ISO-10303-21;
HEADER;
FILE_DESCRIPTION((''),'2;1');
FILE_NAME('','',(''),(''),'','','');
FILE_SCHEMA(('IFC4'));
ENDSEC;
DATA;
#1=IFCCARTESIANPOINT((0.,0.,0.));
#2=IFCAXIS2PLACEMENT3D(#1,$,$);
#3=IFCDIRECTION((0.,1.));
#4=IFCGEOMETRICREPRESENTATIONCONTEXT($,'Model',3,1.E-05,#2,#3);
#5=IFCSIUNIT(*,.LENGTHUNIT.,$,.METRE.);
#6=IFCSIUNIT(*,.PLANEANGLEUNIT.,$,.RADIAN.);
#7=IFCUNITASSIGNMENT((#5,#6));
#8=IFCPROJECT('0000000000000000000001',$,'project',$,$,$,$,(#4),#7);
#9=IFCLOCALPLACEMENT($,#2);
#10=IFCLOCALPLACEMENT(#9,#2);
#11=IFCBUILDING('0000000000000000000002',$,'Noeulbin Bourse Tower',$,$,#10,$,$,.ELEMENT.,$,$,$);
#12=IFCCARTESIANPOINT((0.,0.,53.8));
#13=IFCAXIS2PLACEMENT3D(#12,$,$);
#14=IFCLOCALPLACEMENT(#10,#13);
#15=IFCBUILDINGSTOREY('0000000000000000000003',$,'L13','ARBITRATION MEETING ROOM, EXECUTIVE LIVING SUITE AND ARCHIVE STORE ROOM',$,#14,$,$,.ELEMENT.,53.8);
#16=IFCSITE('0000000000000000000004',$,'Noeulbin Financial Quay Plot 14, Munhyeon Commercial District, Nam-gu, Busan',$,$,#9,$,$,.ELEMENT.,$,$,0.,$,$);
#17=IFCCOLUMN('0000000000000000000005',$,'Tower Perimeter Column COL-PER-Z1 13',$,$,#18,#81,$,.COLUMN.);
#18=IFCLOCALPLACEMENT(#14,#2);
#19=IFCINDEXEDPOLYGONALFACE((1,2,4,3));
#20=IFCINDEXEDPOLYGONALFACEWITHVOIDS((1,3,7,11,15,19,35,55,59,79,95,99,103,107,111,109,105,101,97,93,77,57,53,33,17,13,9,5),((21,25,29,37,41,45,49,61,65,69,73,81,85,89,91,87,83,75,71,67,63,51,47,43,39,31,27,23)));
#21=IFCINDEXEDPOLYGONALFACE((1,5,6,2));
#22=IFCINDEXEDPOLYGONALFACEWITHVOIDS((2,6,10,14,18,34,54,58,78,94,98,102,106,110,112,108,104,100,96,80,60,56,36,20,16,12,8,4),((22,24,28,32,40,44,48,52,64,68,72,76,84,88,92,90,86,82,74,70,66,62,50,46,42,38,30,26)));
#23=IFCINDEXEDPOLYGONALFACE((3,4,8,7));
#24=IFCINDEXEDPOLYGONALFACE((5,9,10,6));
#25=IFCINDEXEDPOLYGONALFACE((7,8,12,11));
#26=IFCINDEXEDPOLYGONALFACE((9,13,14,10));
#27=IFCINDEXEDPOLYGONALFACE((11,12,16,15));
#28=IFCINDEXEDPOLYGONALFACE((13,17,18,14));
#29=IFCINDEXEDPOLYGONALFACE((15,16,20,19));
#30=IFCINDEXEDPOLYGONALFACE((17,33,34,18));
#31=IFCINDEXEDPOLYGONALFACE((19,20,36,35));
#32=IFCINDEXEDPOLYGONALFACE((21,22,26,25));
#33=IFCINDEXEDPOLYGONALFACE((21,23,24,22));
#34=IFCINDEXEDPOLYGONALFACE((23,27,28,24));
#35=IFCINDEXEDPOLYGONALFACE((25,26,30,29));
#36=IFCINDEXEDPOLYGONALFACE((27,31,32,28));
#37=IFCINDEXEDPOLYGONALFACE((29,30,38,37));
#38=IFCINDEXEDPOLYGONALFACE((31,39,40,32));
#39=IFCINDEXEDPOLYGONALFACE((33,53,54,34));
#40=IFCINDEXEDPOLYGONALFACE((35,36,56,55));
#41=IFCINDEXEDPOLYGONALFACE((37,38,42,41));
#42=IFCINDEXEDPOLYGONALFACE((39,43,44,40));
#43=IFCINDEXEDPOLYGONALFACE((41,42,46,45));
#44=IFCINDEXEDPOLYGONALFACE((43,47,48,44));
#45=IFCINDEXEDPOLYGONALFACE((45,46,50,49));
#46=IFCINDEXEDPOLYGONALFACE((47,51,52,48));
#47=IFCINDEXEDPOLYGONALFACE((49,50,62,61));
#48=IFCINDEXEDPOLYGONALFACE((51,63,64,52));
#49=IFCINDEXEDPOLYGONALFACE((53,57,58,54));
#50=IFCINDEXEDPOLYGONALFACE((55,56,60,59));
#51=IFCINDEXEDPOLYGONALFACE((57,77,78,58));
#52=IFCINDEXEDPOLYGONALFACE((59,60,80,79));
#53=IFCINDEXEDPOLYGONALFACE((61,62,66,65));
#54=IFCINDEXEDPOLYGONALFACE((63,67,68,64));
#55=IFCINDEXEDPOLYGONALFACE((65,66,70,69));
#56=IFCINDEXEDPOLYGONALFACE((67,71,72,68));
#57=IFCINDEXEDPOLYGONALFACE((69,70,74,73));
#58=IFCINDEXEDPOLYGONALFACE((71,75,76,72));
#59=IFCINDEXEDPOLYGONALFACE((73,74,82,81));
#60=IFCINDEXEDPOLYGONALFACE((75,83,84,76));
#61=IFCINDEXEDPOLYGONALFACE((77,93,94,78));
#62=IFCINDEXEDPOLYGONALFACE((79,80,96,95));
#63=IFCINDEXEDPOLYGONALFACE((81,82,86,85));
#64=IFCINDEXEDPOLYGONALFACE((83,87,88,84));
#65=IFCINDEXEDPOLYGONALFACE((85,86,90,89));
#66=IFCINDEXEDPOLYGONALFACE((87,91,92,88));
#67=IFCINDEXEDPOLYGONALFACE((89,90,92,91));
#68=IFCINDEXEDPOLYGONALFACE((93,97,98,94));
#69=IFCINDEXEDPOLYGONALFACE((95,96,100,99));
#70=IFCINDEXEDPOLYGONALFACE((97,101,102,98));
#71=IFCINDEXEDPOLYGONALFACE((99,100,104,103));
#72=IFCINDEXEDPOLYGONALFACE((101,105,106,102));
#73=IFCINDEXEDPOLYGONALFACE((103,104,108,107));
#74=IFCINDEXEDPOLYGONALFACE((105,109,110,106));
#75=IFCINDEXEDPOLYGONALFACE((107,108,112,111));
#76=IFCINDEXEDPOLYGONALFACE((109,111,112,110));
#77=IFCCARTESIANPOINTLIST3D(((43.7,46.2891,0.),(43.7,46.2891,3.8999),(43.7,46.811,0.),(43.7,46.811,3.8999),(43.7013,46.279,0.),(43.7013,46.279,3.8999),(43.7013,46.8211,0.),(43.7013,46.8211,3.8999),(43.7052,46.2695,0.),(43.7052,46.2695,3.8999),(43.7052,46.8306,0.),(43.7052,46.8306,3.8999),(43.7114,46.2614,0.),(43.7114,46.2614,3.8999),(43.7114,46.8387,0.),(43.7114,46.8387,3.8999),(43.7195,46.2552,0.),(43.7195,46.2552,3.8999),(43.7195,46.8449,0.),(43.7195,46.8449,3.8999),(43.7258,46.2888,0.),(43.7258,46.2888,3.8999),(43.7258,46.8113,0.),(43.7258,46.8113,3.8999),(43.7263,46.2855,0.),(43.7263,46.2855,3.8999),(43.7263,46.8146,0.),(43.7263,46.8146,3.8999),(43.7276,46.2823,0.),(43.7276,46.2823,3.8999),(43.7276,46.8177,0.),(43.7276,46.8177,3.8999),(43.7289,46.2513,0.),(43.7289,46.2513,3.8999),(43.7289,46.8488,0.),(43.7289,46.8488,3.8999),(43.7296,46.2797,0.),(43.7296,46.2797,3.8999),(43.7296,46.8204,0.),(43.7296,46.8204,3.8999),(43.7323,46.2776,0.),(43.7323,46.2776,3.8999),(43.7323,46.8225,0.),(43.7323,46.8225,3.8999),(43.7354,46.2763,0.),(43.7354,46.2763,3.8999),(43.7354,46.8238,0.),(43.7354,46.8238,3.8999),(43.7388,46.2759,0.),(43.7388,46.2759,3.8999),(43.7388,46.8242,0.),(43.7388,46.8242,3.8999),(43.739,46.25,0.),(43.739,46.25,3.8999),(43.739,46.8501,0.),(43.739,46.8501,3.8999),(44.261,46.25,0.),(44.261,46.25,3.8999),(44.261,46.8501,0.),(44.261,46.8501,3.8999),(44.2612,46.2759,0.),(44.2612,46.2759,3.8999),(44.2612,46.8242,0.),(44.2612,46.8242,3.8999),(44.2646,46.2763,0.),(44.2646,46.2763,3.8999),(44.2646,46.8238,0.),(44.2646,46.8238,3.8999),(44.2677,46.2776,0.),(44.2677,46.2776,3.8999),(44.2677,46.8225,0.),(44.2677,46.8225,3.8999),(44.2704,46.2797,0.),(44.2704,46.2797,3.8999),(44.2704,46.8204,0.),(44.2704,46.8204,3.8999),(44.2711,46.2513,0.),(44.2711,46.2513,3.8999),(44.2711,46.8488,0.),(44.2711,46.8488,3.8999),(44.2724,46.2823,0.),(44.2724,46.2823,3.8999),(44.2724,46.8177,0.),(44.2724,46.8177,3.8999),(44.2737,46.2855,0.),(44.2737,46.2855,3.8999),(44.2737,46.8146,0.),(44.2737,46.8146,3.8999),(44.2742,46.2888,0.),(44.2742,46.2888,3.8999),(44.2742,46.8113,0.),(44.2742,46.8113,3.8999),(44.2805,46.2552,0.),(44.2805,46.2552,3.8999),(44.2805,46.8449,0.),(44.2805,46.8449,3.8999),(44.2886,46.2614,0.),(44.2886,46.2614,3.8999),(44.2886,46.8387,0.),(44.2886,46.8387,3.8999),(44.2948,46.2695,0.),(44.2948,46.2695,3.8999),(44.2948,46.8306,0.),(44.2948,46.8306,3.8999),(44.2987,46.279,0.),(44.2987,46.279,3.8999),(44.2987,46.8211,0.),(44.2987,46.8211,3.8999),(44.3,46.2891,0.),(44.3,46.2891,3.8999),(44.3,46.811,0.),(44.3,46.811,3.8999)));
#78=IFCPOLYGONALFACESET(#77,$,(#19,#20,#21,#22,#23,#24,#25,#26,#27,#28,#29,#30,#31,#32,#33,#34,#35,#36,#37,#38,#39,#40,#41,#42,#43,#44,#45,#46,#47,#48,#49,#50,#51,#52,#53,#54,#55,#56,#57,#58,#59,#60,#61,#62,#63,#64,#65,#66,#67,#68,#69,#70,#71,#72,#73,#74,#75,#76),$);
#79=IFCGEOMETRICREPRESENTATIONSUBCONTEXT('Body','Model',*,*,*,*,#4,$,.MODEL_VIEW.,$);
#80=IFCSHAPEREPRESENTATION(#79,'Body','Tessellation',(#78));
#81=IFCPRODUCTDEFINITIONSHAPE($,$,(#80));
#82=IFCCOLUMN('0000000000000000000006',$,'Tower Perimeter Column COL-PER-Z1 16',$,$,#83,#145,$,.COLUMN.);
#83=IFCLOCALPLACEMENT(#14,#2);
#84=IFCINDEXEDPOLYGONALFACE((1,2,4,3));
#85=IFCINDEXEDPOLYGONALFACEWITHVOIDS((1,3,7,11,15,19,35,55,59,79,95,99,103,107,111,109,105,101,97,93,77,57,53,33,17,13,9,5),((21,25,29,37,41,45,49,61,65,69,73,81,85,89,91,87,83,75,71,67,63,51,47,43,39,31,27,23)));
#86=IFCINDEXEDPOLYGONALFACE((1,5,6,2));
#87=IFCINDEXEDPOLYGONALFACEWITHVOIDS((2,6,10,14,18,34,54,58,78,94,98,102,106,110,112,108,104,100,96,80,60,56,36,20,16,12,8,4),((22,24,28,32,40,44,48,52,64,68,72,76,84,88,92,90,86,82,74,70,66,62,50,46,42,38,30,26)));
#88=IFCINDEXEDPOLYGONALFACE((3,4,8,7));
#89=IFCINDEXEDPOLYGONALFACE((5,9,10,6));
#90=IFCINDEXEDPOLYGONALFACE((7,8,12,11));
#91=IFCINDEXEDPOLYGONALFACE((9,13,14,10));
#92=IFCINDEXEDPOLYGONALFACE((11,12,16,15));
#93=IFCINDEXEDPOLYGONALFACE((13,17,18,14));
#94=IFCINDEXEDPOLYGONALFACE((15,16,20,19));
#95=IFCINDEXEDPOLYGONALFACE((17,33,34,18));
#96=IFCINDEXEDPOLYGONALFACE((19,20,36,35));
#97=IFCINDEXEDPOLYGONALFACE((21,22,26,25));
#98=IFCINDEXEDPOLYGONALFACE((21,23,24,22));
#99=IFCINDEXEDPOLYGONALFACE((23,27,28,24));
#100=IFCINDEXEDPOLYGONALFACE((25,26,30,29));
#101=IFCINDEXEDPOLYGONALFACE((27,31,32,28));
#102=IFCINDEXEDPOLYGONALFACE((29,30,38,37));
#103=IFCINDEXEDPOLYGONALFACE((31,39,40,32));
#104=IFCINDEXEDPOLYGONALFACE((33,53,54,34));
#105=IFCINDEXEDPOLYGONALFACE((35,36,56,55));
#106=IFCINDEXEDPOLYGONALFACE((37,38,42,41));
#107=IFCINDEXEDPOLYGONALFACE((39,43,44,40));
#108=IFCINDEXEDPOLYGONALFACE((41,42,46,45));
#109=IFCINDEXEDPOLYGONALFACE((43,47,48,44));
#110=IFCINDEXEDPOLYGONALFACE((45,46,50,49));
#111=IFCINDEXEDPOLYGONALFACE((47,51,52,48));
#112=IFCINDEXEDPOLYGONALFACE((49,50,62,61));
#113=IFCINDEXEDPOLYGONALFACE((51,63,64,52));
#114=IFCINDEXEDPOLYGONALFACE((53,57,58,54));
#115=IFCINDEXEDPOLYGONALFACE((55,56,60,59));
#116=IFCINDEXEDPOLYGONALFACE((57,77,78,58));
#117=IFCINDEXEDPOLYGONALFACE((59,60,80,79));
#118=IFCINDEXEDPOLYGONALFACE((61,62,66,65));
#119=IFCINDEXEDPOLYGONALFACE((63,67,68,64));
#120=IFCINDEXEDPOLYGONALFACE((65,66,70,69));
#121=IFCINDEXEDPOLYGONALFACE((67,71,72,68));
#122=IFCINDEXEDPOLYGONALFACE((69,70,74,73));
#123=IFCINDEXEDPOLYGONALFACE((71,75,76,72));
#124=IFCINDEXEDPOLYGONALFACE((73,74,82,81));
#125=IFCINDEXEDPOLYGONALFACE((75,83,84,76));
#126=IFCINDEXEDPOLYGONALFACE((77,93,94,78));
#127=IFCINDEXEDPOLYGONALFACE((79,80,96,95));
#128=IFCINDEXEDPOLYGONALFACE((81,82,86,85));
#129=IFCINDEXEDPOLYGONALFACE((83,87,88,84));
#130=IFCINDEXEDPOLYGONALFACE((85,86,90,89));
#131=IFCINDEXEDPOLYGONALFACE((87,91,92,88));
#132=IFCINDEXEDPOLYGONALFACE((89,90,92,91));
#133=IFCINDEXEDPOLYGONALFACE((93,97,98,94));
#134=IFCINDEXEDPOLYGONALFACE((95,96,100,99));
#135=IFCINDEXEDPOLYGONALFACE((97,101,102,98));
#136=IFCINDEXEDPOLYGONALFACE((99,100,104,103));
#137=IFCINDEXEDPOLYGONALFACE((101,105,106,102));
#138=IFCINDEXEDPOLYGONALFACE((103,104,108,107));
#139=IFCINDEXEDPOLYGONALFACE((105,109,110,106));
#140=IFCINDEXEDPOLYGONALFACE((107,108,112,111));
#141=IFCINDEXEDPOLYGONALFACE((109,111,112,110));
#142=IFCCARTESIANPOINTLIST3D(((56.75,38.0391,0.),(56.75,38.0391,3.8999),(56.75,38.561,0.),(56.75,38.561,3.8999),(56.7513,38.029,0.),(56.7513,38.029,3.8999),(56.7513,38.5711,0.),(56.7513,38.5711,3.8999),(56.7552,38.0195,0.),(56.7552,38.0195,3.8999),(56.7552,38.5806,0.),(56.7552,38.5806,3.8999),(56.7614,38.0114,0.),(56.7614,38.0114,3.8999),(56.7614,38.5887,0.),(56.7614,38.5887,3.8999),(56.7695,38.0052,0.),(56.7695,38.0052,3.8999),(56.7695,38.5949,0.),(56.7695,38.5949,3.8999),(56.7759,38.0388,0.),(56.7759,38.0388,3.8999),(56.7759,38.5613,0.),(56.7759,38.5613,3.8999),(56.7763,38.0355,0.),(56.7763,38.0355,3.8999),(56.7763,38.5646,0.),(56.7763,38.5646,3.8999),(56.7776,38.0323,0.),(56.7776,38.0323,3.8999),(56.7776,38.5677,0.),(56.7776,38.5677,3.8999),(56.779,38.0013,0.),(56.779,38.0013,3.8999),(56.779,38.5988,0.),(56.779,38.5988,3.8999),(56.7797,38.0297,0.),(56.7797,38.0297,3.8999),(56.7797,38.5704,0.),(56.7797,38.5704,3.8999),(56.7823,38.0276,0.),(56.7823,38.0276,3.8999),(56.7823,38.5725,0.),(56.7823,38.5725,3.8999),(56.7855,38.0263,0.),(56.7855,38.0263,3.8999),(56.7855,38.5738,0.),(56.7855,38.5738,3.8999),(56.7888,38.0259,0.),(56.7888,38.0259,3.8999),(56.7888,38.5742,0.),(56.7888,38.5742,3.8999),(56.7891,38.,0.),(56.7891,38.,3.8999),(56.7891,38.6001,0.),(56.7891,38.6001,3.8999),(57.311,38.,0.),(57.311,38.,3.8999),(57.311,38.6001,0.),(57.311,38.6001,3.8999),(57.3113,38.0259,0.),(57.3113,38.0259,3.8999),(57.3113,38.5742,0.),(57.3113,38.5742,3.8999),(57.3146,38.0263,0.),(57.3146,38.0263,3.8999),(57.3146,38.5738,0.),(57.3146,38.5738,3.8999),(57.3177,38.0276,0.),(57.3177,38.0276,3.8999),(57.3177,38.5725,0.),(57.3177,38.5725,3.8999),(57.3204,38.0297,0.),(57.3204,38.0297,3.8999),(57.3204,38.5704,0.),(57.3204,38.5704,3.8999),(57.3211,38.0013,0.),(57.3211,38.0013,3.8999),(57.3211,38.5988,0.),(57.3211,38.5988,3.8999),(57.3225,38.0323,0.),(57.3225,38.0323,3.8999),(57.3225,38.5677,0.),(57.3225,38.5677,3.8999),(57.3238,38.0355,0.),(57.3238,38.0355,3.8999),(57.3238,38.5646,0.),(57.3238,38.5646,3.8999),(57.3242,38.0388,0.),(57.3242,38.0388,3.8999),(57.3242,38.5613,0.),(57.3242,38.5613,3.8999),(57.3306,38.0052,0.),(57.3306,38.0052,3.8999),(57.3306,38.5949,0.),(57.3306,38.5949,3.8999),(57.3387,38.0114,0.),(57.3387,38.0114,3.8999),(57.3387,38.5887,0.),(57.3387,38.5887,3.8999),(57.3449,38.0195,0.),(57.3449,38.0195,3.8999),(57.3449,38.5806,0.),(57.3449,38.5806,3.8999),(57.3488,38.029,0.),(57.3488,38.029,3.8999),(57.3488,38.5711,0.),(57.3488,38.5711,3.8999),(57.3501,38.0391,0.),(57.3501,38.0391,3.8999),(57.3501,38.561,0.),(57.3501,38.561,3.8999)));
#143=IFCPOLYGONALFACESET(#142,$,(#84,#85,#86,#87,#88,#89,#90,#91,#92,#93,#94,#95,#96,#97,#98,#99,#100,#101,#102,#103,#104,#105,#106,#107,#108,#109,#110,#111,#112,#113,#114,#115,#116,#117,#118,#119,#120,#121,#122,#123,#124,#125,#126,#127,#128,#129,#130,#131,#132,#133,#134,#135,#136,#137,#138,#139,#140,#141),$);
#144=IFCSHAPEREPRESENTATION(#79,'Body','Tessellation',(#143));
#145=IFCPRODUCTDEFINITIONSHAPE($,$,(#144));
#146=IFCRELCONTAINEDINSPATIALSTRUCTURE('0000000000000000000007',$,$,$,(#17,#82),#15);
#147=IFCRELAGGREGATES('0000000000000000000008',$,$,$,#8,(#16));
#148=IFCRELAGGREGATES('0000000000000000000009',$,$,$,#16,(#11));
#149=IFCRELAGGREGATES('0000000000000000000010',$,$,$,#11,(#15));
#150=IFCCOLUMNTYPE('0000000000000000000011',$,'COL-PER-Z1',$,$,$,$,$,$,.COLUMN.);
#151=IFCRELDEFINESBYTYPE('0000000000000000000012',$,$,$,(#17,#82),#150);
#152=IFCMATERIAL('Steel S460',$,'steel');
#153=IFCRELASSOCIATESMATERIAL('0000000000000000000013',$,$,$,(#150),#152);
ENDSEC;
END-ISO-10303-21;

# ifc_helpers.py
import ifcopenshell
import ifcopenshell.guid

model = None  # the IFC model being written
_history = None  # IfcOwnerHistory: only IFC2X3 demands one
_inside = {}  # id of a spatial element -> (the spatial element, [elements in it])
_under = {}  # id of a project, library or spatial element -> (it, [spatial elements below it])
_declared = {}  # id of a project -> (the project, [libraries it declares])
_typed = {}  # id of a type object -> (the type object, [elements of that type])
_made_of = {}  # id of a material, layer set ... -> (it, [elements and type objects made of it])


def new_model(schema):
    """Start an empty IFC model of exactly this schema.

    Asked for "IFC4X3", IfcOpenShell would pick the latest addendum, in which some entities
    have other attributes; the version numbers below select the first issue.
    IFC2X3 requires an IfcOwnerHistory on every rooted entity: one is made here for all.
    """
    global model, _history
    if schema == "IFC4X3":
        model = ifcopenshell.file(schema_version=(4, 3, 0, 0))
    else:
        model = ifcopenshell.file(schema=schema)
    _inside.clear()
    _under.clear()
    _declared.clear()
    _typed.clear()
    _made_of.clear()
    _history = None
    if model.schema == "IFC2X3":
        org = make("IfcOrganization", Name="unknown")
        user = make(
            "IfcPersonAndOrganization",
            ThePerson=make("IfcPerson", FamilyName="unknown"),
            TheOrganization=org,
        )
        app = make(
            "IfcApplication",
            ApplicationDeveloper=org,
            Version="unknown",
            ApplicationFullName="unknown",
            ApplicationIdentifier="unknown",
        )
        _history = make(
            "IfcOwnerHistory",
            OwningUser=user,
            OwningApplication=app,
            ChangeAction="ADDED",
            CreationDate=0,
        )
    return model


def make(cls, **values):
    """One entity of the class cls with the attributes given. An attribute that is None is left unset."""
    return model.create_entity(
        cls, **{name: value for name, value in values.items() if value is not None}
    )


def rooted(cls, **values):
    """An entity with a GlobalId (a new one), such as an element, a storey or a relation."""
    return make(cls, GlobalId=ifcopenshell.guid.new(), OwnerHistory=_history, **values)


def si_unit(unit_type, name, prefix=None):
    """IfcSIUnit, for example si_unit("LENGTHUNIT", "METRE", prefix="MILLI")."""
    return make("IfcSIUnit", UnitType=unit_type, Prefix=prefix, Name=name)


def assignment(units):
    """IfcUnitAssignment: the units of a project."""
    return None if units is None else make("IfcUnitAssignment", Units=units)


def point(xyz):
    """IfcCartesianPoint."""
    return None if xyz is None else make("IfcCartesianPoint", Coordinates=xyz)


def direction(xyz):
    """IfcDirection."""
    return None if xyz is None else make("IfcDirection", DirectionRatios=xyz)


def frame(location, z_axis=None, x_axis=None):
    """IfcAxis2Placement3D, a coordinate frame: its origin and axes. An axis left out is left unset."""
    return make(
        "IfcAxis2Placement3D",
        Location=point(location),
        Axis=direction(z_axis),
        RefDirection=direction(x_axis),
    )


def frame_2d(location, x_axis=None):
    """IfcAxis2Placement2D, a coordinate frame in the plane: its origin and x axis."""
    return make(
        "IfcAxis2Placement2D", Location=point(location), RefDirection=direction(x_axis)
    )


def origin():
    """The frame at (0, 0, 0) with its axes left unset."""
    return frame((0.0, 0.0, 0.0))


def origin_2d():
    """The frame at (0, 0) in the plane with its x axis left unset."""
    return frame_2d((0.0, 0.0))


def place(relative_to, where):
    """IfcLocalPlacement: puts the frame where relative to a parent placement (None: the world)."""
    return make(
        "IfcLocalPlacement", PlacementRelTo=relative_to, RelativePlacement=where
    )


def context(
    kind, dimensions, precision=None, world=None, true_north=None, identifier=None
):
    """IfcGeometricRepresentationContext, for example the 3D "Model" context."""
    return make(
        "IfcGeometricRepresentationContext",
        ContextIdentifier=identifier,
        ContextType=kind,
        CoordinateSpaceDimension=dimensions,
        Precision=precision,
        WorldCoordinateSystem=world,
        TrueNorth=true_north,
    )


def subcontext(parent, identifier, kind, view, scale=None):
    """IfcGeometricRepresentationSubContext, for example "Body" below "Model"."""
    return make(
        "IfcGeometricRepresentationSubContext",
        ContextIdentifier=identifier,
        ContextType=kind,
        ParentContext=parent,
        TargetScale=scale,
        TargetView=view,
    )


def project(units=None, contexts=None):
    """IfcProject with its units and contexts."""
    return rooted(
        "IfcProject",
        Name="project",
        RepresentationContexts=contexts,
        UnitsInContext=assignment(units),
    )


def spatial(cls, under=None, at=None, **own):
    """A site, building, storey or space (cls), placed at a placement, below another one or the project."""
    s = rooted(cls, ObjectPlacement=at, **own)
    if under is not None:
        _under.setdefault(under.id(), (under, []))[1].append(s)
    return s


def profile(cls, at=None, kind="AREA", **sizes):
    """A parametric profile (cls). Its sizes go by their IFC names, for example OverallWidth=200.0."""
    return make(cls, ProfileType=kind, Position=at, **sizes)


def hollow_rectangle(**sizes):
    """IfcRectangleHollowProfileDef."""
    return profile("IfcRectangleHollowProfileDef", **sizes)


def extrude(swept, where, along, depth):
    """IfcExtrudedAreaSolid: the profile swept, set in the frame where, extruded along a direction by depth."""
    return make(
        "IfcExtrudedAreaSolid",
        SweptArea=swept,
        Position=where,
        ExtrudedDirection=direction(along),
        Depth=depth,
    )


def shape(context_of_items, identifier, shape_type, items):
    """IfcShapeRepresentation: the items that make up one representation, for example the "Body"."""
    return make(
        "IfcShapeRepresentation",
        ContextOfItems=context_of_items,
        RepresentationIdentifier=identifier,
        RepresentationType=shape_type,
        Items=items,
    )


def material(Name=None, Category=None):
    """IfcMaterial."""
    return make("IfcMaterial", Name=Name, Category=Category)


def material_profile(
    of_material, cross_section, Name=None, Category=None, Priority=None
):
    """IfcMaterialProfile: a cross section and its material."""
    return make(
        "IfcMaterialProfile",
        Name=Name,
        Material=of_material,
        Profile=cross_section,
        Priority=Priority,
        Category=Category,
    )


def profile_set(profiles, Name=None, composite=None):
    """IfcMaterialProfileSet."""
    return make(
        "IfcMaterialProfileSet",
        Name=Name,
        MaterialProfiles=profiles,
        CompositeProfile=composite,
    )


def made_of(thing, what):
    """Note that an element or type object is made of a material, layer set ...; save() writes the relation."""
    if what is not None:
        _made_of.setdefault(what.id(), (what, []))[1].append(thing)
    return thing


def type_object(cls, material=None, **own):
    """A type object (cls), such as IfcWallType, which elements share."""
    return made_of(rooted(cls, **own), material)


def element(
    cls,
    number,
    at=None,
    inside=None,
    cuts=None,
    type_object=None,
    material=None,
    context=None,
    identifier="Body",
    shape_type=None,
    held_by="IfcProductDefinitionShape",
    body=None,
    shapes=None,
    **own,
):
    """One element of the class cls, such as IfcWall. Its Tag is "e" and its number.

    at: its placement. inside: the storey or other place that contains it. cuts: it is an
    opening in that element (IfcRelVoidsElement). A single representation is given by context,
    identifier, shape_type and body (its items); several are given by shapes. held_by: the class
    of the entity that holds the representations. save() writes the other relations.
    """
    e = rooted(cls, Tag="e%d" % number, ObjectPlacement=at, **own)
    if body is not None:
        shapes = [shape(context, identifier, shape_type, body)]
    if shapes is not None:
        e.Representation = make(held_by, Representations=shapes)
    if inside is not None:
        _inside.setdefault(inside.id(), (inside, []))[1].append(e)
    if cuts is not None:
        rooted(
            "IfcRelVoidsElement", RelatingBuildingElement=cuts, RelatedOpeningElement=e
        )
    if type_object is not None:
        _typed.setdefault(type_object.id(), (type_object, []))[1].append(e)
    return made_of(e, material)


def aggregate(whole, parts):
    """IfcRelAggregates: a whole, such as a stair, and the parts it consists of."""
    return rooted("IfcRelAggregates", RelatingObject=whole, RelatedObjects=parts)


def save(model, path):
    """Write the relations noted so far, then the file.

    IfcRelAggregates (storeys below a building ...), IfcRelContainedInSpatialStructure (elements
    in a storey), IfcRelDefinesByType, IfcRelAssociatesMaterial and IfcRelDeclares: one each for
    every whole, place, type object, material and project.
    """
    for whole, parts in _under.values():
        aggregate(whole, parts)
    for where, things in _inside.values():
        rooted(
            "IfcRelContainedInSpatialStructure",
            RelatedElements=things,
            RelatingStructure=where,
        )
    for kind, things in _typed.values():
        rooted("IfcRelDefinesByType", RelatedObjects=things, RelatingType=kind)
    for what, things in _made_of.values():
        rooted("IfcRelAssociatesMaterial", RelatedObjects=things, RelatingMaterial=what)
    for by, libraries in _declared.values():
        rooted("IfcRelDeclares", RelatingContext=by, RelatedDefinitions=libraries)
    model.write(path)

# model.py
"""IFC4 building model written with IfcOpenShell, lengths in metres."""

from ifc_helpers import new_model, si_unit, direction, frame, origin, origin_2d, place, context, subcontext, project, spatial, hollow_rectangle, extrude, material, material_profile, profile_set, type_object, element, save


model = new_model("IFC4")

# Units and contexts
model_context = context("Model", 3, precision=1e-05, world=origin(), true_north=direction((0.0, 1.0)))
body_context = subcontext(model_context, "Body", "Model", "MODEL_VIEW")
ifc_project = project(units=[si_unit("LENGTHUNIT", "METRE"), si_unit("PLANEANGLEUNIT", "RADIAN")], contexts=[model_context])

# Site, building, storey
site_placement = place(None, origin())
site = spatial("IfcSite", under=ifc_project, at=site_placement, Name="Noeulbin Financial Quay Plot 14, Munhyeon Commercial District, Nam-gu, Busan", CompositionType="ELEMENT", RefElevation=0.0)
building_placement = place(site_placement, origin())
building = spatial("IfcBuilding", under=site, at=building_placement, Name="Noeulbin Bourse Tower", CompositionType="ELEMENT")
storey_placement = place(building_placement, frame((0.0, 0.0, 53.8)))
storey = spatial("IfcBuildingStorey", under=building, at=storey_placement, Name="L13", Description="ARBITRATION MEETING ROOM, EXECUTIVE LIVING SUITE AND ARCHIVE STORE ROOM", CompositionType="ELEMENT", Elevation=53.8)

# Columns
ifc_material_1 = material(Name="Steel S460", Category="steel")
ifc_material_profile_1 = material_profile(ifc_material_1, hollow_rectangle(XDim=0.6001, YDim=0.6001, WallThickness=0.0259, InnerFilletRadius=0.0129, OuterFilletRadius=0.0391, at=origin_2d()), Name="BOX-600x600x26", Category="LoadBearing")
ifc_profile_set_1 = profile_set([ifc_material_profile_1], Name="Steel S460")
column_type_1 = type_object("IfcColumnType", Name="COL-PER-Z1", PredefinedType="COLUMN", material=ifc_profile_set_1)
for number, where, z_axis, x_axis, name in (
    (1, (44.0, 46.55, 0.0), (0.0, 0.0, 1.0), (1.0, 0.0, 0.0), "Tower Perimeter Column COL-PER-Z1 13"),
    (2, (57.05, 38.3, 0.0), (0.0, 0.0, 1.0), (1.0, 0.0, 0.0), "Tower Perimeter Column COL-PER-Z1 16"),
):
    element("IfcColumn", number, at=place(storey_placement, frame(where, z_axis=z_axis, x_axis=x_axis)), inside=storey, type_object=column_type_1, Name=name, PredefinedType="COLUMN", context=body_context, shape_type="SweptSolid", body=[
        extrude(hollow_rectangle(XDim=0.6001, YDim=0.6001, WallThickness=0.0259, InnerFilletRadius=0.0129, OuterFilletRadius=0.0391, at=origin_2d()), origin(), (0.0, 0.0, 1.0), 3.8999),
    ])

save(model, "model.ifc")
